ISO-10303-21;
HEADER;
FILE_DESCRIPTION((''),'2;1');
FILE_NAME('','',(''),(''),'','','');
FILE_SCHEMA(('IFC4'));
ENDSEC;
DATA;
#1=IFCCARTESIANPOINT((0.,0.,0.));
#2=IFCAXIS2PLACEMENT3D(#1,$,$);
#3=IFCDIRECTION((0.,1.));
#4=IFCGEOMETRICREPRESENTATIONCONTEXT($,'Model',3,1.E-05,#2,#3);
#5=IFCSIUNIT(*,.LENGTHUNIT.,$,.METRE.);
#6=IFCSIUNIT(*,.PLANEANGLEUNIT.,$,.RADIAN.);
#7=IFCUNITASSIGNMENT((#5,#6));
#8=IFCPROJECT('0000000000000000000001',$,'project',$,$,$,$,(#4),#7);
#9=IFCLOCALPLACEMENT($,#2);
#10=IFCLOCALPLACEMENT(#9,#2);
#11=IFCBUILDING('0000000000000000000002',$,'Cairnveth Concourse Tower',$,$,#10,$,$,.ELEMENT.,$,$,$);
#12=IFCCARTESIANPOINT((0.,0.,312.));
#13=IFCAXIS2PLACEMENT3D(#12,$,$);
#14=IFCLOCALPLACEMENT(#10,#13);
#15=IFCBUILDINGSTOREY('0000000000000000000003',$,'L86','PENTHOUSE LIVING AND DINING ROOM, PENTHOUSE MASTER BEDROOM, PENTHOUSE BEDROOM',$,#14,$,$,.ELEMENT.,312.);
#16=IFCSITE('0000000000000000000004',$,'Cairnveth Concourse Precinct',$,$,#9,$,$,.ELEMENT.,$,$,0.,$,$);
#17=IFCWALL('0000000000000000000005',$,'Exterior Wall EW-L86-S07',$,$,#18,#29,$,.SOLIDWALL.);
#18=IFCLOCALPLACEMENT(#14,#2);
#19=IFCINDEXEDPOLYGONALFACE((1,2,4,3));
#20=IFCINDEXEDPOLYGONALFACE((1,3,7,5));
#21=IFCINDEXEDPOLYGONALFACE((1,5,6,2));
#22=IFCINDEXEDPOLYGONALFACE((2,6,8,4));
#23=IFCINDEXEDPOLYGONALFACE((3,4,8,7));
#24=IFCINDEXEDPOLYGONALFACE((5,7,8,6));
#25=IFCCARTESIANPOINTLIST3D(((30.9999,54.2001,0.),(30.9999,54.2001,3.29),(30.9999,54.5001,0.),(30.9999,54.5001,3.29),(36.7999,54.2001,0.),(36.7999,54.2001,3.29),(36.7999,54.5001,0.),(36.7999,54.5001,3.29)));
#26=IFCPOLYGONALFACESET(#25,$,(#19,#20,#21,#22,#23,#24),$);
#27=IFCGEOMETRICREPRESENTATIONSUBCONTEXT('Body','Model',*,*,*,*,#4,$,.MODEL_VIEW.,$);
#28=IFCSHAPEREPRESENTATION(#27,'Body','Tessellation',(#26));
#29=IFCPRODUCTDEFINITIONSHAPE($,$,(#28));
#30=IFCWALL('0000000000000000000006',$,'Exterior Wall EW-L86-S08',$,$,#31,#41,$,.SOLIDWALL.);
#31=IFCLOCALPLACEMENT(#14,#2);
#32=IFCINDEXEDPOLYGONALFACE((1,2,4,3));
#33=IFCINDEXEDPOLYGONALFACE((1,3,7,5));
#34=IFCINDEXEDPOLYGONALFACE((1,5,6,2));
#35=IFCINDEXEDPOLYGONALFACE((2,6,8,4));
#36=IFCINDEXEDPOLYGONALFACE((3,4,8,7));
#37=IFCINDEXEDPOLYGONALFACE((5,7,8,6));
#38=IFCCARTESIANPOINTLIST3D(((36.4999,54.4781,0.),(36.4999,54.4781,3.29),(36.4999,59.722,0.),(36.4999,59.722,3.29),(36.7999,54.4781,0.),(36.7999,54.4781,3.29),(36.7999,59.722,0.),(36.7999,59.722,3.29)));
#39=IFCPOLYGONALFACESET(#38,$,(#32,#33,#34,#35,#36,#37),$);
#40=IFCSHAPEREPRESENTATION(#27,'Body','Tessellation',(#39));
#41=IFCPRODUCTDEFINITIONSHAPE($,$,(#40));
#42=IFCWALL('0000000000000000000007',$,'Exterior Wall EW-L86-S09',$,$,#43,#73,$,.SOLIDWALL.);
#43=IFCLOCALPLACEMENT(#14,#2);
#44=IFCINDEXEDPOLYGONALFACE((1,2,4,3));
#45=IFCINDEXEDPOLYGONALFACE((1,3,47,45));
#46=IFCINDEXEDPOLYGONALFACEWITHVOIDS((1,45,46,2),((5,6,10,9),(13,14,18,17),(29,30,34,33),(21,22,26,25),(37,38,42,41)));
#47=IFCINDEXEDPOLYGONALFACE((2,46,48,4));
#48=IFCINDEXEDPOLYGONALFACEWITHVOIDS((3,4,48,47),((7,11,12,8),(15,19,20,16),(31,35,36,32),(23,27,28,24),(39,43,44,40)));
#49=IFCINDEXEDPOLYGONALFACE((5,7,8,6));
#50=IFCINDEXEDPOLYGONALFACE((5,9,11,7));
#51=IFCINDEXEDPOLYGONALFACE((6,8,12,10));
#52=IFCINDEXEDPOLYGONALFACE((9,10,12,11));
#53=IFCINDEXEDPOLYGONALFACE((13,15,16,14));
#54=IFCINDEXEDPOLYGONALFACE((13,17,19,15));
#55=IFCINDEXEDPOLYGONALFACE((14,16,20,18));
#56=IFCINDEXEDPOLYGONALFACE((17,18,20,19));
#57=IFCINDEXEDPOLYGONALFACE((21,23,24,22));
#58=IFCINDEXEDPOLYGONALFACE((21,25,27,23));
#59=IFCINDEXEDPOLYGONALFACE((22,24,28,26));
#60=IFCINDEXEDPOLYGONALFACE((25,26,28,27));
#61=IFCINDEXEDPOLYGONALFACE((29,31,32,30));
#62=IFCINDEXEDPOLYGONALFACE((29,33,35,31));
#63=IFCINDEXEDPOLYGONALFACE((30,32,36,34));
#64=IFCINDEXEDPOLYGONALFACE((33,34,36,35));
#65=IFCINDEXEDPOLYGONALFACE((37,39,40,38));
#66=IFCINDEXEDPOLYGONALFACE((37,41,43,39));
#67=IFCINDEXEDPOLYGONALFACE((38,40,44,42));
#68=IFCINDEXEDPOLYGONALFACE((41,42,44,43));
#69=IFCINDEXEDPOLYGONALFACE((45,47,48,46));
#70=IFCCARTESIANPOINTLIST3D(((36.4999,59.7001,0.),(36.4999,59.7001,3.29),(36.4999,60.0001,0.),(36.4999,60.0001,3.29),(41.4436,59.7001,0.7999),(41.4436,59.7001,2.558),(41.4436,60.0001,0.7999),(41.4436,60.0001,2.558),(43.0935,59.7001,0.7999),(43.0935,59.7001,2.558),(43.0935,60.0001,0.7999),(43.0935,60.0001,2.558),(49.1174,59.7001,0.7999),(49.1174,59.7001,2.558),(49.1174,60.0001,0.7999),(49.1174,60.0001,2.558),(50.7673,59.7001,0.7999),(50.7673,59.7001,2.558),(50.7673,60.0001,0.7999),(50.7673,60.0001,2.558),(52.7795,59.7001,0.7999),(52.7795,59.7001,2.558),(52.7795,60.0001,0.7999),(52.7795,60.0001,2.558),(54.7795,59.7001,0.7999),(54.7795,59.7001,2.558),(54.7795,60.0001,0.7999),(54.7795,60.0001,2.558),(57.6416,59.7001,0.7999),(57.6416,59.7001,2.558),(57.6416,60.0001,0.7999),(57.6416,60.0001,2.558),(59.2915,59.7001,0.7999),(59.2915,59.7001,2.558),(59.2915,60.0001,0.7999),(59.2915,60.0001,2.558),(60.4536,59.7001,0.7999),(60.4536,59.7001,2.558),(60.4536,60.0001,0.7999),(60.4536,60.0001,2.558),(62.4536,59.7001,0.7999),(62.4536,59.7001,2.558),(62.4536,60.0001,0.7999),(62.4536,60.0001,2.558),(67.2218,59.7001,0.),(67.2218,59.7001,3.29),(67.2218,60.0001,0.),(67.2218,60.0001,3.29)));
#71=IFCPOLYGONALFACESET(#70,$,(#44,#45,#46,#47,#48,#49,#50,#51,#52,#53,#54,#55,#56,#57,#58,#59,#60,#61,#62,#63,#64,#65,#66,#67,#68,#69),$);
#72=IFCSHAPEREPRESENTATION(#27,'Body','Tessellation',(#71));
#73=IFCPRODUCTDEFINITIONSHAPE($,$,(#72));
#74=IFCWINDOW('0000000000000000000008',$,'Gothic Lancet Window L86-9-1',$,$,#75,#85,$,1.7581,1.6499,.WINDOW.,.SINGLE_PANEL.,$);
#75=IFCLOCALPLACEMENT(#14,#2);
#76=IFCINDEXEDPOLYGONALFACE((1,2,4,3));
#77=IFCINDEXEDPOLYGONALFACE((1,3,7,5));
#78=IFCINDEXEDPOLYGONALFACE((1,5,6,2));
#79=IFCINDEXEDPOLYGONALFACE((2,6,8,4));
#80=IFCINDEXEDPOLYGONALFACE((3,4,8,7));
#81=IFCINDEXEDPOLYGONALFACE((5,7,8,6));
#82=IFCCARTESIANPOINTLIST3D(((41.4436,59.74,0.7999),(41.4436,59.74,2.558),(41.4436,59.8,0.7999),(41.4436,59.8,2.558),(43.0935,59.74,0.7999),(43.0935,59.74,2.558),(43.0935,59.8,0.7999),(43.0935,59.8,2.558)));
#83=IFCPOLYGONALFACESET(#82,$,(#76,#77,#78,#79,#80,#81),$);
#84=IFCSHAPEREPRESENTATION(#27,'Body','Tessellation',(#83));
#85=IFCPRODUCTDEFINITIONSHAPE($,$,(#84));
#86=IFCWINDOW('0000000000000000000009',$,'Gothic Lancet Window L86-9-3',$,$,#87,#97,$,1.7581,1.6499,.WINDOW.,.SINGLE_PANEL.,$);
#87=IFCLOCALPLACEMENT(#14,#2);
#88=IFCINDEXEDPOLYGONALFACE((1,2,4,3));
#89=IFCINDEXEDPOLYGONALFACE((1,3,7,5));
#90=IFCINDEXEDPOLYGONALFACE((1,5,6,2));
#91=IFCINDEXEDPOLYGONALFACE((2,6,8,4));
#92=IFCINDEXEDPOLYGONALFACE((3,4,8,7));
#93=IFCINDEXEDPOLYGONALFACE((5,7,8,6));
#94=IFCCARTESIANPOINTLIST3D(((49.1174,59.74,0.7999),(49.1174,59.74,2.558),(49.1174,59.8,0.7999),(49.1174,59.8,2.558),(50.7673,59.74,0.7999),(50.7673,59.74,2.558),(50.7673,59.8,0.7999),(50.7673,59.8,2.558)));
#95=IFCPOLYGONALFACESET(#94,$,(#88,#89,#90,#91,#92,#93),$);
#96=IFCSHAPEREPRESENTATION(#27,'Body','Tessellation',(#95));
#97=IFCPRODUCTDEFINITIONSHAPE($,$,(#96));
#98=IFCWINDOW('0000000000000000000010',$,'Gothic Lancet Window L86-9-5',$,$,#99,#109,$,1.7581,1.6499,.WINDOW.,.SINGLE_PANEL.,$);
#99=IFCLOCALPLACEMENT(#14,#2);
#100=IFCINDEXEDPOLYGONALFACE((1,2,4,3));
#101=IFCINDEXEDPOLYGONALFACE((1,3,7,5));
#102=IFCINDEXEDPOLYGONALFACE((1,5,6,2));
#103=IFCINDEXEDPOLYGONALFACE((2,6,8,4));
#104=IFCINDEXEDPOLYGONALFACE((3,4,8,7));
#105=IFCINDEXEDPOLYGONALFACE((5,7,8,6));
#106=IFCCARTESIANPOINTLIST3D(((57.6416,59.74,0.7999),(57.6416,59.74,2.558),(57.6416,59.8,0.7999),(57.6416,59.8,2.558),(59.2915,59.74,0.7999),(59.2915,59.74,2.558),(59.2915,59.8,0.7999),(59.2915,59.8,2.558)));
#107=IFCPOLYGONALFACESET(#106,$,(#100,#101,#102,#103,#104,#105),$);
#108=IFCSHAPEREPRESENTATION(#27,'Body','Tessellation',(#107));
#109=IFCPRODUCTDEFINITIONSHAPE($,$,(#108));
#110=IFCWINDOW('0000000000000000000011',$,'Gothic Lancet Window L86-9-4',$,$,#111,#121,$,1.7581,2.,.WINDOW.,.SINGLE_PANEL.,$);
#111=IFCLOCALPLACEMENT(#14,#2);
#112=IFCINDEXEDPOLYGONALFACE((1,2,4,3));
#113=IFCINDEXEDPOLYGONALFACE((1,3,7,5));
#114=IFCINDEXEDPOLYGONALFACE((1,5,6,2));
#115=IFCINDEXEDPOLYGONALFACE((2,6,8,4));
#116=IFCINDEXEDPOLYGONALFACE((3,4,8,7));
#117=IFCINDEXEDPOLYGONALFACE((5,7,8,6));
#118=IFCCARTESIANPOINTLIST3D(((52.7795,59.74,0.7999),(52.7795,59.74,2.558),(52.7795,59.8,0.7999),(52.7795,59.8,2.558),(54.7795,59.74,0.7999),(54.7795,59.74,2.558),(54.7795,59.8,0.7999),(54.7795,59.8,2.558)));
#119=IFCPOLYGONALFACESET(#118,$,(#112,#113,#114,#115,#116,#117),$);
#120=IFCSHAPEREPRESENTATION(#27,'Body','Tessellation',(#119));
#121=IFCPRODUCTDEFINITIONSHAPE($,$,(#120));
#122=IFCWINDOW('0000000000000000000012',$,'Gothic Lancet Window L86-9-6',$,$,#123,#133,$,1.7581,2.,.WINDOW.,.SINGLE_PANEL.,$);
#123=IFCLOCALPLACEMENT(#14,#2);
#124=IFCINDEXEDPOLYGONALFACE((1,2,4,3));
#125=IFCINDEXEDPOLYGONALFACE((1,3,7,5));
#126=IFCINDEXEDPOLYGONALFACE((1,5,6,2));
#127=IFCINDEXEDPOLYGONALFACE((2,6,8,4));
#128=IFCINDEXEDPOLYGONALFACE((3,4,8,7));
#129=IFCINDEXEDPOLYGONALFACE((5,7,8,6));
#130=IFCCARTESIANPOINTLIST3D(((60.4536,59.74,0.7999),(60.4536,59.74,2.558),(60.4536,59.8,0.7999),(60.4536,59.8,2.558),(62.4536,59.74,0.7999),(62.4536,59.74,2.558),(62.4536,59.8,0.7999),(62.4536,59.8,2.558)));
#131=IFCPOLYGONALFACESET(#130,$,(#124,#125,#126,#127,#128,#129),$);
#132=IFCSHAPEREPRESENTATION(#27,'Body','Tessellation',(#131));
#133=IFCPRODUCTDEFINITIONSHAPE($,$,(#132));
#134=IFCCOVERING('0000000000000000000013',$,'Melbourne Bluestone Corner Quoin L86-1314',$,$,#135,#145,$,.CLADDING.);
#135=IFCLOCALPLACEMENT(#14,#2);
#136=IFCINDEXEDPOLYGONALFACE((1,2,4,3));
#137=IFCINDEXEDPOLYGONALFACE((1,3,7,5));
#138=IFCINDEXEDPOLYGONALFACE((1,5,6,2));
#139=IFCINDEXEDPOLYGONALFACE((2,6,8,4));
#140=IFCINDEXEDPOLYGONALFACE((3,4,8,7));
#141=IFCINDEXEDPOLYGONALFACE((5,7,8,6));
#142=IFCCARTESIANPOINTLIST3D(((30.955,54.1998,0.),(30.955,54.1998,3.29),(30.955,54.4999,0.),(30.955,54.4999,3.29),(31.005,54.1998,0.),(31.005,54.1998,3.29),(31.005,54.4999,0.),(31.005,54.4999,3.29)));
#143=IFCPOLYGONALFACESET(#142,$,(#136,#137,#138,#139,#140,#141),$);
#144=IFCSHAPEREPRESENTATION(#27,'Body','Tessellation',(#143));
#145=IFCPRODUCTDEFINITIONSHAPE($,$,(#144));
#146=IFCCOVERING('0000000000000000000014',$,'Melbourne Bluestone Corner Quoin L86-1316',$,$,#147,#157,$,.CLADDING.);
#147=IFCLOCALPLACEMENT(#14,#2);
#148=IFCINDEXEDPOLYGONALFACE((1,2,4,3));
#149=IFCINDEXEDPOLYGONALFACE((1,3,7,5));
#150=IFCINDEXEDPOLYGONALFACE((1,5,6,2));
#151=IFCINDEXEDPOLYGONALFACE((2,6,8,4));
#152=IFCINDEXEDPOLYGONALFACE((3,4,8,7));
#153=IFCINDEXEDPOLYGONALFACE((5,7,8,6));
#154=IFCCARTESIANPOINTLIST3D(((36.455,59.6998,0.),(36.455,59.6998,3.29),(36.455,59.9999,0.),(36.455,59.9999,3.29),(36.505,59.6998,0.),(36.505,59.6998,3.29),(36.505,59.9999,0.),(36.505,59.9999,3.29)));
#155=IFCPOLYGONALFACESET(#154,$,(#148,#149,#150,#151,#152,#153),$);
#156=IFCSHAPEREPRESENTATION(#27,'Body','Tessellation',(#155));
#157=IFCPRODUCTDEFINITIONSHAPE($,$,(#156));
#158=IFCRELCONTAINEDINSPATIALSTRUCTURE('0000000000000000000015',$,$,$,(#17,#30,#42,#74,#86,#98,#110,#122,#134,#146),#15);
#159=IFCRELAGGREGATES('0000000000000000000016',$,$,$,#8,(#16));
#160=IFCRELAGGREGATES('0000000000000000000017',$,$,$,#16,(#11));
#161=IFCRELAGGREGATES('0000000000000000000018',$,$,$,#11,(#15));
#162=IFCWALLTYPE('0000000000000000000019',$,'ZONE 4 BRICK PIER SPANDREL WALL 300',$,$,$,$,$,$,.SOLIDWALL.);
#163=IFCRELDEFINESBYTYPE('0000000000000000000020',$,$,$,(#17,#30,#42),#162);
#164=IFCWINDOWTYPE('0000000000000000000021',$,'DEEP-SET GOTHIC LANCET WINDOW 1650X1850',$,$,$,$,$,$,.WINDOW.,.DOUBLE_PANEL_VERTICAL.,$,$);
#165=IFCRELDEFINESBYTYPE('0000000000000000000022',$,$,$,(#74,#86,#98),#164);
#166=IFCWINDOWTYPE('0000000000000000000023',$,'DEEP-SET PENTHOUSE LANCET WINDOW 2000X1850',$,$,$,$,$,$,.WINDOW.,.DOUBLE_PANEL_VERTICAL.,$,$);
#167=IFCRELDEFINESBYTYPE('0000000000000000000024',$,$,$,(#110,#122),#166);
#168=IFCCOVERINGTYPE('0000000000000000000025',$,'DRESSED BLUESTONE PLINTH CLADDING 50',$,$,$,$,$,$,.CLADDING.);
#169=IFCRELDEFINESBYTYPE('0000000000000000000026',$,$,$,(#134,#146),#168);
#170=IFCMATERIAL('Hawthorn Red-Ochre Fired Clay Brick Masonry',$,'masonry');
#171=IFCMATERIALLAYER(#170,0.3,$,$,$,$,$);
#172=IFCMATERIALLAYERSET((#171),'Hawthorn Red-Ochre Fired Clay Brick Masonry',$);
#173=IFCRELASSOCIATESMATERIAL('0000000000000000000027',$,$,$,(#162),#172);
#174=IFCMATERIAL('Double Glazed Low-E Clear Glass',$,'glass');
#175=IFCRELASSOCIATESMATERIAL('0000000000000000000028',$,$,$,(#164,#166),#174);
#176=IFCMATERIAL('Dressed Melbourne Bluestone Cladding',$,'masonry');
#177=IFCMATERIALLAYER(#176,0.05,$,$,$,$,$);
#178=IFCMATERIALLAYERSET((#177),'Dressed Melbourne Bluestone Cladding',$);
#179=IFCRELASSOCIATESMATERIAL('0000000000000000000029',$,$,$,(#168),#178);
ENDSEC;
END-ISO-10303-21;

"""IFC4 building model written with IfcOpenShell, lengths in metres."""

from ifc_helpers import new_model, si_unit, direction, frame, frame_2d, origin, place, context, subcontext, project, spatial, rectangle, extrude, material, layer, layer_set, type_object, element, fill, save


model = new_model("IFC4")

# Units and contexts
model_context = context("Model", 3, precision=1e-05, world=origin(), true_north=direction((0.0, 1.0)))
body_context = subcontext(model_context, "Body", "Model", "MODEL_VIEW")
ifc_project = project(units=[si_unit("LENGTHUNIT", "METRE"), si_unit("PLANEANGLEUNIT", "RADIAN")], contexts=[model_context])

# Site, building, storey
site_placement = place(None, origin())
site = spatial("IfcSite", under=ifc_project, at=site_placement, Name="Cairnveth Concourse Precinct", CompositionType="ELEMENT", RefElevation=0.0)
building_placement = place(site_placement, origin())
building = spatial("IfcBuilding", under=site, at=building_placement, Name="Cairnveth Concourse Tower", CompositionType="ELEMENT")
storey_placement = place(building_placement, frame((0.0, 0.0, 312.0)))
storey = spatial("IfcBuildingStorey", under=building, at=storey_placement, Name="L86", Description="PENTHOUSE LIVING AND DINING ROOM, PENTHOUSE MASTER BEDROOM, PENTHOUSE BEDROOM", CompositionType="ELEMENT", Elevation=312.0)

# Walls
ifc_material_1 = material(Name="Hawthorn Red-Ochre Fired Clay Brick Masonry", Category="masonry")
ifc_layer_1 = layer(ifc_material_1, 0.3)
ifc_layer_set_1 = layer_set([ifc_layer_1], Name="Hawthorn Red-Ochre Fired Clay Brick Masonry")
wall_type_1 = type_object("IfcWallType", Name="ZONE 4 BRICK PIER SPANDREL WALL 300", PredefinedType="SOLIDWALL", material=ifc_layer_set_1)
wall_1_placement = place(storey_placement, frame((31.0, 54.3501, 0.0), z_axis=(0.0, 0.0, 1.0), x_axis=(1.0, 0.0, 0.0)))
element("IfcWall", 1, at=wall_1_placement, inside=storey, type_object=wall_type_1, Name="Exterior Wall EW-L86-S07", PredefinedType="SOLIDWALL", context=body_context, shape_type="SweptSolid", body=[
    extrude(rectangle(XDim=5.8, YDim=0.3, at=frame_2d((2.8999, 0.0))), origin(), (0.0, 0.0, 1.0), 3.29),
])
wall_2_placement = place(storey_placement, frame((36.6499, 54.478, 0.0), z_axis=(0.0, 0.0, 1.0), x_axis=(0.0, 1.0, 0.0)))
element("IfcWall", 2, at=wall_2_placement, inside=storey, type_object=wall_type_1, Name="Exterior Wall EW-L86-S08", PredefinedType="SOLIDWALL", context=body_context, shape_type="SweptSolid", body=[
    extrude(rectangle(XDim=5.2439, YDim=0.3, at=frame_2d((2.6221, 0.0))), origin(), (0.0, 0.0, 1.0), 3.29),
])

# Wall, openings, windows
wall_3_placement = place(storey_placement, frame((36.5, 59.8501, 0.0), z_axis=(0.0, 0.0, 1.0), x_axis=(1.0, 0.0, 0.0)))
wall_3 = element("IfcWall", 3, at=wall_3_placement, inside=storey, type_object=wall_type_1, Name="Exterior Wall EW-L86-S09", PredefinedType="SOLIDWALL", context=body_context, shape_type="SweptSolid", body=[
    extrude(rectangle(XDim=30.7219, YDim=0.3, at=frame_2d((15.3608, 0.0))), origin(), (0.0, 0.0, 1.0), 3.29),
])
opening_1_placement = place(wall_3_placement, frame((4.9436, 0.0, 0.8)))
opening_1 = element("IfcOpeningElement", 4, at=opening_1_placement, cuts=wall_3, PredefinedType="OPENING", context=body_context, shape_type="SweptSolid", body=[
    extrude(rectangle(XDim=1.6499, YDim=1.7581, at=frame_2d((0.825, 0.8789))), frame((0.0, 0.1599, 0.0), z_axis=(0.0, -1.0, 0.0), x_axis=(1.0, 0.0, 0.0)), (0.0, 0.0, 1.0), 0.3201),
])
opening_2_placement = place(wall_3_placement, frame((12.6174, 0.0, 0.8)))
opening_2 = element("IfcOpeningElement", 5, at=opening_2_placement, cuts=wall_3, PredefinedType="OPENING", context=body_context, shape_type="SweptSolid", body=[
    extrude(rectangle(XDim=1.6499, YDim=1.7581, at=frame_2d((0.825, 0.8789))), frame((0.0, 0.1599, 0.0), z_axis=(0.0, -1.0, 0.0), x_axis=(1.0, 0.0, 0.0)), (0.0, 0.0, 1.0), 0.3201),
])
opening_3_placement = place(wall_3_placement, frame((16.2795, 0.0, 0.8)))
opening_3 = element("IfcOpeningElement", 6, at=opening_3_placement, cuts=wall_3, PredefinedType="OPENING", context=body_context, shape_type="SweptSolid", body=[
    extrude(rectangle(XDim=2.0, YDim=1.7581, at=frame_2d((1.0, 0.8789))), frame((0.0, 0.1599, 0.0), z_axis=(0.0, -1.0, 0.0), x_axis=(1.0, 0.0, 0.0)), (0.0, 0.0, 1.0), 0.3201),
])
opening_4_placement = place(wall_3_placement, frame((21.1416, 0.0, 0.8)))
opening_4 = element("IfcOpeningElement", 7, at=opening_4_placement, cuts=wall_3, PredefinedType="OPENING", context=body_context, shape_type="SweptSolid", body=[
    extrude(rectangle(XDim=1.6499, YDim=1.7581, at=frame_2d((0.825, 0.8789))), frame((0.0, 0.1599, 0.0), z_axis=(0.0, -1.0, 0.0), x_axis=(1.0, 0.0, 0.0)), (0.0, 0.0, 1.0), 0.3201),
])
opening_5_placement = place(wall_3_placement, frame((23.9536, 0.0, 0.8)))
opening_5 = element("IfcOpeningElement", 8, at=opening_5_placement, cuts=wall_3, PredefinedType="OPENING", context=body_context, shape_type="SweptSolid", body=[
    extrude(rectangle(XDim=2.0, YDim=1.7581, at=frame_2d((1.0, 0.8789))), frame((0.0, 0.1599, 0.0), z_axis=(0.0, -1.0, 0.0), x_axis=(1.0, 0.0, 0.0)), (0.0, 0.0, 1.0), 0.3201),
])
ifc_material_2 = material(Name="Double Glazed Low-E Clear Glass", Category="glass")
window_type_1 = type_object("IfcWindowType", Name="DEEP-SET GOTHIC LANCET WINDOW 1650X1850", PartitioningType="DOUBLE_PANEL_VERTICAL", PredefinedType="WINDOW", material=ifc_material_2)
window_1_placement = place(opening_1_placement, origin())
window_1 = element("IfcWindow", 9, at=window_1_placement, inside=storey, type_object=window_type_1, Name="Gothic Lancet Window L86-9-1", OverallHeight=1.7581, OverallWidth=1.6499, PartitioningType="SINGLE_PANEL", PredefinedType="WINDOW", context=body_context, shape_type="SweptSolid", body=[
    extrude(rectangle(XDim=1.6499, YDim=1.7581, at=frame_2d((0.825, 0.8789))), frame((0.0, -0.05, 0.0), z_axis=(0.0, -1.0, 0.0), x_axis=(1.0, 0.0, 0.0)), (0.0, 0.0, 1.0), 0.0601),
])
fill(opening_1, window_1)
window_2_placement = place(opening_2_placement, origin())
window_2 = element("IfcWindow", 10, at=window_2_placement, inside=storey, type_object=window_type_1, Name="Gothic Lancet Window L86-9-3", OverallHeight=1.7581, OverallWidth=1.6499, PartitioningType="SINGLE_PANEL", PredefinedType="WINDOW", context=body_context, shape_type="SweptSolid", body=[
    extrude(rectangle(XDim=1.6499, YDim=1.7581, at=frame_2d((0.825, 0.8789))), frame((0.0, -0.05, 0.0), z_axis=(0.0, -1.0, 0.0), x_axis=(1.0, 0.0, 0.0)), (0.0, 0.0, 1.0), 0.0601),
])
fill(opening_2, window_2)
window_3_placement = place(opening_4_placement, origin())
window_3 = element("IfcWindow", 11, at=window_3_placement, inside=storey, type_object=window_type_1, Name="Gothic Lancet Window L86-9-5", OverallHeight=1.7581, OverallWidth=1.6499, PartitioningType="SINGLE_PANEL", PredefinedType="WINDOW", context=body_context, shape_type="SweptSolid", body=[
    extrude(rectangle(XDim=1.6499, YDim=1.7581, at=frame_2d((0.825, 0.8789))), frame((0.0, -0.05, 0.0), z_axis=(0.0, -1.0, 0.0), x_axis=(1.0, 0.0, 0.0)), (0.0, 0.0, 1.0), 0.0601),
])
fill(opening_4, window_3)
window_type_2 = type_object("IfcWindowType", Name="DEEP-SET PENTHOUSE LANCET WINDOW 2000X1850", PartitioningType="DOUBLE_PANEL_VERTICAL", PredefinedType="WINDOW", material=ifc_material_2)
window_4_placement = place(opening_3_placement, origin())
window_4 = element("IfcWindow", 12, at=window_4_placement, inside=storey, type_object=window_type_2, Name="Gothic Lancet Window L86-9-4", OverallHeight=1.7581, OverallWidth=2.0, PartitioningType="SINGLE_PANEL", PredefinedType="WINDOW", context=body_context, shape_type="SweptSolid", body=[
    extrude(rectangle(XDim=2.0, YDim=1.7581, at=frame_2d((1.0, 0.8789))), frame((0.0, -0.05, 0.0), z_axis=(0.0, -1.0, 0.0), x_axis=(1.0, 0.0, 0.0)), (0.0, 0.0, 1.0), 0.0601),
])
fill(opening_3, window_4)
window_5_placement = place(opening_5_placement, origin())
window_5 = element("IfcWindow", 13, at=window_5_placement, inside=storey, type_object=window_type_2, Name="Gothic Lancet Window L86-9-6", OverallHeight=1.7581, OverallWidth=2.0, PartitioningType="SINGLE_PANEL", PredefinedType="WINDOW", context=body_context, shape_type="SweptSolid", body=[
    extrude(rectangle(XDim=2.0, YDim=1.7581, at=frame_2d((1.0, 0.8789))), frame((0.0, -0.05, 0.0), z_axis=(0.0, -1.0, 0.0), x_axis=(1.0, 0.0, 0.0)), (0.0, 0.0, 1.0), 0.0601),
])
fill(opening_5, window_5)

# Coverings
ifc_material_3 = material(Name="Dressed Melbourne Bluestone Cladding", Category="masonry")
ifc_layer_2 = layer(ifc_material_3, 0.05)
ifc_layer_set_2 = layer_set([ifc_layer_2], Name="Dressed Melbourne Bluestone Cladding")
covering_type = type_object("IfcCoveringType", Name="DRESSED BLUESTONE PLINTH CLADDING 50", PredefinedType="CLADDING", material=ifc_layer_set_2)
for number, where, z_axis, x_axis, name in (
    (14, (30.98, 54.2, 0.0), (0.0, 0.0, 1.0), (0.0, 1.0, 0.0), "Melbourne Bluestone Corner Quoin L86-1314"),
    (15, (36.48, 59.7, 0.0), (0.0, 0.0, 1.0), (0.0, 1.0, 0.0), "Melbourne Bluestone Corner Quoin L86-1316"),
):
    element("IfcCovering", number, at=place(storey_placement, frame(where, z_axis=z_axis, x_axis=x_axis)), inside=storey, type_object=covering_type, Name=name, PredefinedType="CLADDING", context=body_context, shape_type="SweptSolid", body=[
        extrude(rectangle(XDim=0.3, YDim=0.05, at=frame_2d((0.1499, 0.0))), origin(), (0.0, 0.0, 1.0), 3.29),
    ])

save(model, "model.ifc")
